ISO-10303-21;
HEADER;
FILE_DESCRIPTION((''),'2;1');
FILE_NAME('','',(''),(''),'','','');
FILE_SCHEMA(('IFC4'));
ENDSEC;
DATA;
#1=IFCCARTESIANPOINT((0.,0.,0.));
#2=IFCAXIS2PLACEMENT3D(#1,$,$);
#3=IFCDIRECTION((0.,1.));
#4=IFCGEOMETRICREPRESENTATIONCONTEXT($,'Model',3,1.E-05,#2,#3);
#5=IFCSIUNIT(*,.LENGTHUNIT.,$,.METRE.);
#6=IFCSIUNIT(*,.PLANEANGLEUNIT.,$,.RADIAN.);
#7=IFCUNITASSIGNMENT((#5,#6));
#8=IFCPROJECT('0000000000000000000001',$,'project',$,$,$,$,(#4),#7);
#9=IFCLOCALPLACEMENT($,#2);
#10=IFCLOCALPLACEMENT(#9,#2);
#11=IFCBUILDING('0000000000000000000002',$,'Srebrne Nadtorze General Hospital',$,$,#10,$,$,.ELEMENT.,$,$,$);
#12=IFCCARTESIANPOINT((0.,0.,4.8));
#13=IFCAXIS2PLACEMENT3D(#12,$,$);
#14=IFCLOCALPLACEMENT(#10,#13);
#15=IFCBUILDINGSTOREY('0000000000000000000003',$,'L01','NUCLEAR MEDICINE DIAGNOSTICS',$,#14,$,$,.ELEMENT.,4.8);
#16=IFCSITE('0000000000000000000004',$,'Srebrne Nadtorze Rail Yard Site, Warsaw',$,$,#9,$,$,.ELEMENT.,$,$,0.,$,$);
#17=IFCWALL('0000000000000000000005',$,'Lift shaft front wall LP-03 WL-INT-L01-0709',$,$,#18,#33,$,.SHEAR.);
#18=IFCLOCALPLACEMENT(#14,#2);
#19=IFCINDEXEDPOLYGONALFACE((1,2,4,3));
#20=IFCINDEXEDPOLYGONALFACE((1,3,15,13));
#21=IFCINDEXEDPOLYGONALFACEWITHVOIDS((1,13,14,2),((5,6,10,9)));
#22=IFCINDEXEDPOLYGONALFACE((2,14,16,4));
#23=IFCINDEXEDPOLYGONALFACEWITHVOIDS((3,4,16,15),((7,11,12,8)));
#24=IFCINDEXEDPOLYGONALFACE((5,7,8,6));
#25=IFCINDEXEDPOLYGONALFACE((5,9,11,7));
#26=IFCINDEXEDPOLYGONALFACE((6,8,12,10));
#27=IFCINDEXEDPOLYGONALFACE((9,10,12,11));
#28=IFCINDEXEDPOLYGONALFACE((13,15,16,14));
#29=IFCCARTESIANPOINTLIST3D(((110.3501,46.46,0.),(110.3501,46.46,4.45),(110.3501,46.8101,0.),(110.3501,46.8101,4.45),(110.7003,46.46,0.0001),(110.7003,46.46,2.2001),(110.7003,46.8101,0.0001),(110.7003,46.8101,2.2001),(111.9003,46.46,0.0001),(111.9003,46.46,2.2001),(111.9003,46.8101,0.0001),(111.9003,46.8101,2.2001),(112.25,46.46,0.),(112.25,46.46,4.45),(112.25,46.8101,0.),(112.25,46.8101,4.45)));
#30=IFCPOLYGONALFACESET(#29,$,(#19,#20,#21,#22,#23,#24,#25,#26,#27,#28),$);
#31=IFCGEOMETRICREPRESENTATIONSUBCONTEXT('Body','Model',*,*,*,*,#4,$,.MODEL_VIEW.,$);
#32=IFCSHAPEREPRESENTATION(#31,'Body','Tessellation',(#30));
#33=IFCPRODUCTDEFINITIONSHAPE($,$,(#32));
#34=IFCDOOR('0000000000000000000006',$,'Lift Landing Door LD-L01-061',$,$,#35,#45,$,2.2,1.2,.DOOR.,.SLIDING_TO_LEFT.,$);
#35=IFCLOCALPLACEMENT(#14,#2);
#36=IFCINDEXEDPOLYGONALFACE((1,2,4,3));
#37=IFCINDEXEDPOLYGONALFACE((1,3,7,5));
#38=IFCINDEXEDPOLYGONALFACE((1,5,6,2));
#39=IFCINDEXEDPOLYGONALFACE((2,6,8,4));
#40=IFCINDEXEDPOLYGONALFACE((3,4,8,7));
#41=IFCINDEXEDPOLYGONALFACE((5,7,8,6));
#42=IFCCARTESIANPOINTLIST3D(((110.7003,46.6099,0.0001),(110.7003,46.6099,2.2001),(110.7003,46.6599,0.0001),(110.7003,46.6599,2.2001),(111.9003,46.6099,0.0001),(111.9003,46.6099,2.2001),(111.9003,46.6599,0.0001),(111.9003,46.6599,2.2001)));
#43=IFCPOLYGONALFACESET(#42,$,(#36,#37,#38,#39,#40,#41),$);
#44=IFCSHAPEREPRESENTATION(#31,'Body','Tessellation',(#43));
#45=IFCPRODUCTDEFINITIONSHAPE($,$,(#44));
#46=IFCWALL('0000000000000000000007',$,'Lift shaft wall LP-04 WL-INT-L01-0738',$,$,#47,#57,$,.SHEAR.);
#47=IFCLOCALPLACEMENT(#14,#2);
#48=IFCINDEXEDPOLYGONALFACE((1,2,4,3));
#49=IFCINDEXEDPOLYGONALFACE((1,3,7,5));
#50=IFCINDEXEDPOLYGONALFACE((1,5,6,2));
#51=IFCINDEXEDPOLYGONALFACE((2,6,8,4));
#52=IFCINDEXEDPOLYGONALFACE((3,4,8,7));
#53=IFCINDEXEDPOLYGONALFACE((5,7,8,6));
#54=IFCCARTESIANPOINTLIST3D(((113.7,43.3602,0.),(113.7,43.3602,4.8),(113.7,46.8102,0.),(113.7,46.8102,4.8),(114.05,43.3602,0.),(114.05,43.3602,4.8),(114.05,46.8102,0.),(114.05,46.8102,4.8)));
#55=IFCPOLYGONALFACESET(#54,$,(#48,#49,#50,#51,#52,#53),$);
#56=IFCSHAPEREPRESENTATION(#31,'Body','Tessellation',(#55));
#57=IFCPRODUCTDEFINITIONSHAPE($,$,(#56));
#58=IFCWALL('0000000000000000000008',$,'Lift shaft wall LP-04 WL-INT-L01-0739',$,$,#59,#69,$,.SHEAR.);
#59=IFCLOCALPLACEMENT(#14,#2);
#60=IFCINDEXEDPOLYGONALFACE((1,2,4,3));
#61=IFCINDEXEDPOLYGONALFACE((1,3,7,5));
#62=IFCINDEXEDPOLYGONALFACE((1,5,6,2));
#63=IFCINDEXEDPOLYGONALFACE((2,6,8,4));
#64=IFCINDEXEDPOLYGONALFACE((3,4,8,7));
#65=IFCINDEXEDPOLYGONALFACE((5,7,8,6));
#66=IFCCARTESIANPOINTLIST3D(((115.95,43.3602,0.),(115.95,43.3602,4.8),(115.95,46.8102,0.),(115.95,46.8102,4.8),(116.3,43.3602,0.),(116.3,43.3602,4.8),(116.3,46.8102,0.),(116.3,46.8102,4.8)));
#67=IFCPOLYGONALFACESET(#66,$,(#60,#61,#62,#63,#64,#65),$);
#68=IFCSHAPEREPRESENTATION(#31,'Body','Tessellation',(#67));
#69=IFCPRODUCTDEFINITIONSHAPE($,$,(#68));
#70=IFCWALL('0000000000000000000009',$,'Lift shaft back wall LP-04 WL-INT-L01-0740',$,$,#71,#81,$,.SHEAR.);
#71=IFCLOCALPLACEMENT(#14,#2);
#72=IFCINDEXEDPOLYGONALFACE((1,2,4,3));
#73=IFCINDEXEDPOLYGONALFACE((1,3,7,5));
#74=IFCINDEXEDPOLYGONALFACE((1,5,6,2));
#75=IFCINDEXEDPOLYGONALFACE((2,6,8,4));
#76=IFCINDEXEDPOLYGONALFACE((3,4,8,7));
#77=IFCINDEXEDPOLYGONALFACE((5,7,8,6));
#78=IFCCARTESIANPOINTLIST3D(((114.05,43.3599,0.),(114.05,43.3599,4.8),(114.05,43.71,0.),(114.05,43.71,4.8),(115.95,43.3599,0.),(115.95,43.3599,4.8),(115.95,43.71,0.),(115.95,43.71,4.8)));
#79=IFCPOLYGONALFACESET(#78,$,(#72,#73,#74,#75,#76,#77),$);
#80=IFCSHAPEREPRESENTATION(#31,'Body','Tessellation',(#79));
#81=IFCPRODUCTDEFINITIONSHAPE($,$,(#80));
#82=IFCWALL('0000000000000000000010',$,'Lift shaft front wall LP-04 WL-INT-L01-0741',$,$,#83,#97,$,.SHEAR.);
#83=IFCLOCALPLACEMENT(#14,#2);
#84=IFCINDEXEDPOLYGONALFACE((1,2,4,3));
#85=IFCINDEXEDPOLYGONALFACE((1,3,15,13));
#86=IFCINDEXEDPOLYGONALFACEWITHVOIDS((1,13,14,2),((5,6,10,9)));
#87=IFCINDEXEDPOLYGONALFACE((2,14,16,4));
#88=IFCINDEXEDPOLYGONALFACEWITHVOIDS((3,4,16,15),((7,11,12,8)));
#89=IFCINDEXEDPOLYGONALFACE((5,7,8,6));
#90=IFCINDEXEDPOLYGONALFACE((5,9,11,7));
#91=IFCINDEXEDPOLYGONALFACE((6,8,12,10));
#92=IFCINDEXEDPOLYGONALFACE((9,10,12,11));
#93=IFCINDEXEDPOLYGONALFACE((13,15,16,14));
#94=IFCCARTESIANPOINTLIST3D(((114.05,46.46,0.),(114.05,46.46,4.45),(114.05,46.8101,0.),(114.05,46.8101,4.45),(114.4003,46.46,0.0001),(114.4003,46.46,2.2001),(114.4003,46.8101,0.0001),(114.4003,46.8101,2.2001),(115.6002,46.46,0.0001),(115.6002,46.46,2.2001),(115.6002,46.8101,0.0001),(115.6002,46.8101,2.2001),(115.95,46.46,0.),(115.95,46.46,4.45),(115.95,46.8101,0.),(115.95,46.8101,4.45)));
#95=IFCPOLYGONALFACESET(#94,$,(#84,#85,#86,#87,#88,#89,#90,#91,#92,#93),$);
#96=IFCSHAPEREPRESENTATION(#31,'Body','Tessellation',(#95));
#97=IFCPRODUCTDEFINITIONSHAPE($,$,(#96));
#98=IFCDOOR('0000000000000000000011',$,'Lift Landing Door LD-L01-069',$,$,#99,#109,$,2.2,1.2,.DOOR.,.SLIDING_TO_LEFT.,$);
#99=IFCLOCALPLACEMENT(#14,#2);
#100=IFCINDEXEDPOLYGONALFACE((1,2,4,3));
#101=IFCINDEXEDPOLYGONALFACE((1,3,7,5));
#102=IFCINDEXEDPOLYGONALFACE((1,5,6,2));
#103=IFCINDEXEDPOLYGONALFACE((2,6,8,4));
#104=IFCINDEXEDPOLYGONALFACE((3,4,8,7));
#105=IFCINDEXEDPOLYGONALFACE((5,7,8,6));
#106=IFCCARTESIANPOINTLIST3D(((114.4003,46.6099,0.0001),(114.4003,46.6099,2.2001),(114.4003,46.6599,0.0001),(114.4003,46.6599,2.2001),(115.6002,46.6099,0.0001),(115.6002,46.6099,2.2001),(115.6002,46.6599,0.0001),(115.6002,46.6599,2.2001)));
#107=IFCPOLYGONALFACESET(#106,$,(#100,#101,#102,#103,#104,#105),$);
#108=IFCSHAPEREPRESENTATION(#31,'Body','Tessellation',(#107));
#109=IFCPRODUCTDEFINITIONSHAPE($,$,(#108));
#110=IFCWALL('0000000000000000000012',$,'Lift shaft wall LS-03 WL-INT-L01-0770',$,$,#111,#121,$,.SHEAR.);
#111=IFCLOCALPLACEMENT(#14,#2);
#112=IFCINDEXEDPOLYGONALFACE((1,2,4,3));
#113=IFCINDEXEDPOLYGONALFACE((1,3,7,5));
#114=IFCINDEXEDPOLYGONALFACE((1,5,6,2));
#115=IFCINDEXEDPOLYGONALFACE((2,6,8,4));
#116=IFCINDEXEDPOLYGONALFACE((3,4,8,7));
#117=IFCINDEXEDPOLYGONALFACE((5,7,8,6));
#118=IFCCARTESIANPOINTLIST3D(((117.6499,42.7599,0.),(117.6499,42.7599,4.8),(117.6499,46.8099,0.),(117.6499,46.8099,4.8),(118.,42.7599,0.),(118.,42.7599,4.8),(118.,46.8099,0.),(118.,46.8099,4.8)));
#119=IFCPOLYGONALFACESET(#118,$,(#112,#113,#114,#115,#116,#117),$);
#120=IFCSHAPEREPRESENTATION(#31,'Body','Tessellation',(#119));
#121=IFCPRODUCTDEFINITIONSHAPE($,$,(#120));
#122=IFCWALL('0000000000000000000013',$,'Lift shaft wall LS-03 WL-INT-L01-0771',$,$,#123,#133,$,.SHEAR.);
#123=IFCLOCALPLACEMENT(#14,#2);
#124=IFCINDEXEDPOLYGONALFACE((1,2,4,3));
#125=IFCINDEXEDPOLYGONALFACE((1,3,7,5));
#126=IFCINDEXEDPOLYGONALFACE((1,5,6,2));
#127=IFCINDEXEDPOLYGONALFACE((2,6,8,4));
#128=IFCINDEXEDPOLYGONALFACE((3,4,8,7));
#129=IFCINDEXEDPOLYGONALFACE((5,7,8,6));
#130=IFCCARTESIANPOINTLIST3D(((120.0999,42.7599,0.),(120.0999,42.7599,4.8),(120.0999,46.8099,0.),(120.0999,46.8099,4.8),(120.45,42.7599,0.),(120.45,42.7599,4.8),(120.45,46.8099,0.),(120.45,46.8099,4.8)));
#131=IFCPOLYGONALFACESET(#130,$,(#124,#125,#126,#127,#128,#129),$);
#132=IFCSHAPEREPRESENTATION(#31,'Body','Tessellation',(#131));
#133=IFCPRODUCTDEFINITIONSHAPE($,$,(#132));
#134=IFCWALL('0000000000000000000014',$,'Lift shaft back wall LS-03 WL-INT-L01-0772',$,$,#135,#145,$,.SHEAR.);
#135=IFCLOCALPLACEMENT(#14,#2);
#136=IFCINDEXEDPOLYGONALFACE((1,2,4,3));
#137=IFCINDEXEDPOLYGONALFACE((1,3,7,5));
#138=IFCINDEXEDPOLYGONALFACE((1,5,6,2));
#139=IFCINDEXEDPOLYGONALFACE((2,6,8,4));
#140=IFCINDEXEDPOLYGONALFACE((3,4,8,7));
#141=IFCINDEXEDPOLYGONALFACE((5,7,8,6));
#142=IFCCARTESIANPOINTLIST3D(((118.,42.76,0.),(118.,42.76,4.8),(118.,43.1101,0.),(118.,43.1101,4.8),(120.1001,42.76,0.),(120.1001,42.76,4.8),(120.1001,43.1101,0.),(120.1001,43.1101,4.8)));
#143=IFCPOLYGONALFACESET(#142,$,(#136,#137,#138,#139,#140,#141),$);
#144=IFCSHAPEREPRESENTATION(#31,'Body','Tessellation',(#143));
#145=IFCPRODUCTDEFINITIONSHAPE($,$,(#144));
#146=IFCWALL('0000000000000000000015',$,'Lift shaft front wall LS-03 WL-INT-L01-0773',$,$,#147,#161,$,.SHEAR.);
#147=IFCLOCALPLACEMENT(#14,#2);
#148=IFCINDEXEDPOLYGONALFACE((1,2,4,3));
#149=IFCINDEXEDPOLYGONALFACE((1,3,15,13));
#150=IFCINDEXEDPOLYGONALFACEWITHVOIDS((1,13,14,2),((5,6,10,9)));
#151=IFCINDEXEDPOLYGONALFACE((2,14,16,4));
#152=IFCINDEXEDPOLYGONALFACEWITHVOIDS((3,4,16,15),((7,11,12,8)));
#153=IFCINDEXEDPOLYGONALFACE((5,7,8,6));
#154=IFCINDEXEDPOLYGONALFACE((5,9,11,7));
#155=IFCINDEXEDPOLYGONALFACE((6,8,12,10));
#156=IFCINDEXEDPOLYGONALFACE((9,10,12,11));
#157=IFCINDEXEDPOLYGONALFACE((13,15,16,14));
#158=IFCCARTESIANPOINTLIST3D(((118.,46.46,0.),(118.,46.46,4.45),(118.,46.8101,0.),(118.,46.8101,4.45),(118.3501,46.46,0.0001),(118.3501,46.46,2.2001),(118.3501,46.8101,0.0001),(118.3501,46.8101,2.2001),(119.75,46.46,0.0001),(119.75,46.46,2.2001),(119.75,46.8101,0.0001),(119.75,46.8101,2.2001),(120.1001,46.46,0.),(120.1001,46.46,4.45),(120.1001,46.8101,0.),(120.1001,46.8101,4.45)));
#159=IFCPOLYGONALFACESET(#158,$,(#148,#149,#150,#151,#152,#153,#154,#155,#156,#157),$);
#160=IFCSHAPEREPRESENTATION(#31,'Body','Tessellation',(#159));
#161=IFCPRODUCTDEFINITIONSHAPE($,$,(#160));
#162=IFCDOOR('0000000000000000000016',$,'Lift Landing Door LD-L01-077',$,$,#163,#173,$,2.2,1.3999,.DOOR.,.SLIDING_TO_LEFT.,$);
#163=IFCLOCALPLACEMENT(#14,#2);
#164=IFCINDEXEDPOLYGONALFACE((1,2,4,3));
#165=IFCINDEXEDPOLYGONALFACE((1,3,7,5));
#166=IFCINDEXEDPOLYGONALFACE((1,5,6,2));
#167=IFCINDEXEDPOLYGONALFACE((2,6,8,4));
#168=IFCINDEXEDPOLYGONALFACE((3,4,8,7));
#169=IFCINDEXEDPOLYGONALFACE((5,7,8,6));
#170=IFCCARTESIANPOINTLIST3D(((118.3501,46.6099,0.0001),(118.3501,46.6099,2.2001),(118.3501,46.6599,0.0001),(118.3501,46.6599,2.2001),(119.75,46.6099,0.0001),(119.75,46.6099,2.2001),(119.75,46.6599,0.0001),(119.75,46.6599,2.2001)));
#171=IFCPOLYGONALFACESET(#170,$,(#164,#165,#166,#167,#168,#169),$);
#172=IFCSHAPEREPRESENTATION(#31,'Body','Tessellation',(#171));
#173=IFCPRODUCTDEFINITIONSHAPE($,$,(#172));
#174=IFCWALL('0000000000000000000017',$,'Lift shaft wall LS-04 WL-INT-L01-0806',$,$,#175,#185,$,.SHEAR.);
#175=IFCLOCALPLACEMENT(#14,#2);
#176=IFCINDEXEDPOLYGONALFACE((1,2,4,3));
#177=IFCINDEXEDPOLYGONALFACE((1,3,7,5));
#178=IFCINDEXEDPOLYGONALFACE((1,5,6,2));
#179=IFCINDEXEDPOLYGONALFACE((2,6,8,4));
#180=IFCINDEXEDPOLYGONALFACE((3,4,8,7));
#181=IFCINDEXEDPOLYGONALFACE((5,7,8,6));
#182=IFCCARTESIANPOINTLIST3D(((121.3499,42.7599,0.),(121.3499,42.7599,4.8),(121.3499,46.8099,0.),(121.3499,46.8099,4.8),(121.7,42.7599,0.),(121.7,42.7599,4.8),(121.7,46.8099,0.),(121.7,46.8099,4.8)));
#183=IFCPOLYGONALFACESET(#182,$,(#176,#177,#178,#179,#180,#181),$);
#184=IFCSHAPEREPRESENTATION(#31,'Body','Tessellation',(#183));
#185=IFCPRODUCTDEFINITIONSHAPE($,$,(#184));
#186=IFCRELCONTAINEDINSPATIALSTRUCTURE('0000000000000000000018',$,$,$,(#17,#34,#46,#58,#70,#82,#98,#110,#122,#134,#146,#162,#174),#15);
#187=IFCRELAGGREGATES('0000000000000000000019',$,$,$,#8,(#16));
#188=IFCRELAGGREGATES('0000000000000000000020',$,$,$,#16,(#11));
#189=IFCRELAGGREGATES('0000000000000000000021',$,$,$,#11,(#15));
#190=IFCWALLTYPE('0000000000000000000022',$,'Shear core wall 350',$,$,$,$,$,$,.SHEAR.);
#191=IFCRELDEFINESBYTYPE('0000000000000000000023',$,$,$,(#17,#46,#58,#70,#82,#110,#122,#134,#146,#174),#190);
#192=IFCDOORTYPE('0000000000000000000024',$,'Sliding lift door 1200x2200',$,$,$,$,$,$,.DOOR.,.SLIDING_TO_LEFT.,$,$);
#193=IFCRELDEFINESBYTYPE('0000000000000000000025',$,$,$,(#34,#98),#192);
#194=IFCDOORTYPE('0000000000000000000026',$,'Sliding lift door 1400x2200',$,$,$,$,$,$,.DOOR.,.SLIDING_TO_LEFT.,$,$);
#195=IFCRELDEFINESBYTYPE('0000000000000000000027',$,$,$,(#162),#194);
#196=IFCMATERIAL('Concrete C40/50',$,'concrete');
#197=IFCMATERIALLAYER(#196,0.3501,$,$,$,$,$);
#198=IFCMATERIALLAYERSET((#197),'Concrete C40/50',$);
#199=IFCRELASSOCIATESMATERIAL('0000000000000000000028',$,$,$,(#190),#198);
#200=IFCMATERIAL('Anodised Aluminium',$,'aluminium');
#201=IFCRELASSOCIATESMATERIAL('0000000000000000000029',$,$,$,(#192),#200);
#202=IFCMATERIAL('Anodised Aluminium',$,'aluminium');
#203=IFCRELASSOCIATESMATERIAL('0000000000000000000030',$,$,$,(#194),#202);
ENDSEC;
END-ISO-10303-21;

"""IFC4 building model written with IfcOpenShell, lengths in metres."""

from ifc_helpers import new_model, si_unit, direction, frame, frame_2d, origin, place, context, subcontext, project, spatial, rectangle, extrude, material, layer, layer_set, type_object, element, fill, save


model = new_model("IFC4")

# Units and contexts
model_context = context("Model", 3, precision=1e-05, world=origin(), true_north=direction((0.0, 1.0)))
body_context = subcontext(model_context, "Body", "Model", "MODEL_VIEW")
ifc_project = project(units=[si_unit("LENGTHUNIT", "METRE"), si_unit("PLANEANGLEUNIT", "RADIAN")], contexts=[model_context])

# Site, building, storey
site_placement = place(None, origin())
site = spatial("IfcSite", under=ifc_project, at=site_placement, Name="Srebrne Nadtorze Rail Yard Site, Warsaw", CompositionType="ELEMENT", RefElevation=0.0)
building_placement = place(site_placement, origin())
building = spatial("IfcBuilding", under=site, at=building_placement, Name="Srebrne Nadtorze General Hospital", CompositionType="ELEMENT")
storey_placement = place(building_placement, frame((0.0, 0.0, 4.8)))
storey = spatial("IfcBuildingStorey", under=building, at=storey_placement, Name="L01", Description="NUCLEAR MEDICINE DIAGNOSTICS", CompositionType="ELEMENT", Elevation=4.8)

# Shared definitions
ifc_material_1 = material(Name="Concrete C40/50", Category="concrete")
ifc_layer_1 = layer(ifc_material_1, 0.3501)
ifc_layer_set_1 = layer_set([ifc_layer_1], Name="Concrete C40/50")
wall_type_1 = type_object("IfcWallType", Name="Shear core wall 350", PredefinedType="SHEAR", material=ifc_layer_set_1)

# Wall, opening, door
wall_1_placement = place(storey_placement, frame((110.3501, 46.635, 0.0), z_axis=(0.0, 0.0, 1.0), x_axis=(1.0, 0.0, 0.0)))
wall_1 = element("IfcWall", 1, at=wall_1_placement, inside=storey, type_object=wall_type_1, Name="Lift shaft front wall LP-03 WL-INT-L01-0709", PredefinedType="SHEAR", context=body_context, shape_type="SweptSolid", body=[
    extrude(rectangle(XDim=1.8999, YDim=0.3501, at=frame_2d((0.95, 0.0))), origin(), (0.0, 0.0, 1.0), 4.45),
])
opening_1_placement = place(wall_1_placement, frame((0.3501, 0.0, 0.0)))
opening_1 = element("IfcOpeningElement", 2, at=opening_1_placement, cuts=wall_1, PredefinedType="OPENING", context=body_context, shape_type="SweptSolid", body=[
    extrude(rectangle(XDim=1.2, YDim=2.2, at=frame_2d((0.6001, 1.1001))), frame((0.0, 0.187, 0.0), z_axis=(0.0, -1.0, 0.0), x_axis=(1.0, 0.0, 0.0)), (0.0, 0.0, 1.0), 0.374),
])
ifc_material_2 = material(Name="Anodised Aluminium", Category="aluminium")
door_type_1 = type_object("IfcDoorType", Name="Sliding lift door 1200x2200", OperationType="SLIDING_TO_LEFT", PredefinedType="DOOR", material=ifc_material_2)
door_1_placement = place(opening_1_placement, origin())
door_1 = element("IfcDoor", 3, at=door_1_placement, inside=storey, type_object=door_type_1, Name="Lift Landing Door LD-L01-061", OperationType="SLIDING_TO_LEFT", OverallHeight=2.2, OverallWidth=1.2, PredefinedType="DOOR", context=body_context, shape_type="SweptSolid", body=[
    extrude(rectangle(XDim=1.2, YDim=2.2, at=frame_2d((0.6001, 1.1001))), frame((0.0, 0.0249, 0.0), z_axis=(0.0, -1.0, 0.0), x_axis=(1.0, 0.0, 0.0)), (0.0, 0.0, 1.0), 0.05),
])
fill(opening_1, door_1)

# Walls
for number, where, z_axis, x_axis, name in (
    (4, (113.875, 43.3601, 0.0), (0.0, 0.0, 1.0), (0.0, 1.0, 0.0), "Lift shaft wall LP-04 WL-INT-L01-0738"),
    (5, (116.125, 43.3601, 0.0), (0.0, 0.0, 1.0), (0.0, 1.0, 0.0), "Lift shaft wall LP-04 WL-INT-L01-0739"),
):
    element("IfcWall", number, at=place(storey_placement, frame(where, z_axis=z_axis, x_axis=x_axis)), inside=storey, type_object=wall_type_1, Name=name, PredefinedType="SHEAR", context=body_context, shape_type="SweptSolid", body=[
        extrude(rectangle(XDim=3.45, YDim=0.3501, at=frame_2d((1.7251, 0.0))), origin(), (0.0, 0.0, 1.0), 4.8),
    ])
wall_2_placement = place(storey_placement, frame((114.05, 43.5349, 0.0), z_axis=(0.0, 0.0, 1.0), x_axis=(1.0, 0.0, 0.0)))
element("IfcWall", 6, at=wall_2_placement, inside=storey, type_object=wall_type_1, Name="Lift shaft back wall LP-04 WL-INT-L01-0740", PredefinedType="SHEAR", context=body_context, shape_type="SweptSolid", body=[
    extrude(rectangle(XDim=1.8999, YDim=0.3501, at=frame_2d((0.95, 0.0))), origin(), (0.0, 0.0, 1.0), 4.8),
])

# Wall, opening, door
wall_3_placement = place(storey_placement, frame((114.05, 46.635, 0.0), z_axis=(0.0, 0.0, 1.0), x_axis=(1.0, 0.0, 0.0)))
wall_3 = element("IfcWall", 7, at=wall_3_placement, inside=storey, type_object=wall_type_1, Name="Lift shaft front wall LP-04 WL-INT-L01-0741", PredefinedType="SHEAR", context=body_context, shape_type="SweptSolid", body=[
    extrude(rectangle(XDim=1.8999, YDim=0.3501, at=frame_2d((0.95, 0.0))), origin(), (0.0, 0.0, 1.0), 4.45),
])
opening_2_placement = place(wall_3_placement, frame((0.3501, 0.0, 0.0)))
opening_2 = element("IfcOpeningElement", 8, at=opening_2_placement, cuts=wall_3, PredefinedType="OPENING", context=body_context, shape_type="SweptSolid", body=[
    extrude(rectangle(XDim=1.2, YDim=2.2, at=frame_2d((0.6001, 1.1001))), frame((0.0, 0.187, 0.0), z_axis=(0.0, -1.0, 0.0), x_axis=(1.0, 0.0, 0.0)), (0.0, 0.0, 1.0), 0.374),
])
door_2_placement = place(opening_2_placement, origin())
door_2 = element("IfcDoor", 9, at=door_2_placement, inside=storey, type_object=door_type_1, Name="Lift Landing Door LD-L01-069", OperationType="SLIDING_TO_LEFT", OverallHeight=2.2, OverallWidth=1.2, PredefinedType="DOOR", context=body_context, shape_type="SweptSolid", body=[
    extrude(rectangle(XDim=1.2, YDim=2.2, at=frame_2d((0.6001, 1.1001))), frame((0.0, 0.0249, 0.0), z_axis=(0.0, -1.0, 0.0), x_axis=(1.0, 0.0, 0.0)), (0.0, 0.0, 1.0), 0.05),
])
fill(opening_2, door_2)

# Walls
for number, where, z_axis, x_axis, name in (
    (10, (117.825, 42.76, 0.0), (0.0, 0.0, 1.0), (0.0, 1.0, 0.0), "Lift shaft wall LS-03 WL-INT-L01-0770"),
    (11, (120.2749, 42.76, 0.0), (0.0, 0.0, 1.0), (0.0, 1.0, 0.0), "Lift shaft wall LS-03 WL-INT-L01-0771"),
):
    element("IfcWall", number, at=place(storey_placement, frame(where, z_axis=z_axis, x_axis=x_axis)), inside=storey, type_object=wall_type_1, Name=name, PredefinedType="SHEAR", context=body_context, shape_type="SweptSolid", body=[
        extrude(rectangle(XDim=4.05, YDim=0.3501, at=frame_2d((2.0249, 0.0))), origin(), (0.0, 0.0, 1.0), 4.8),
    ])
wall_4_placement = place(storey_placement, frame((118.0, 42.9351, 0.0), z_axis=(0.0, 0.0, 1.0), x_axis=(1.0, 0.0, 0.0)))
element("IfcWall", 12, at=wall_4_placement, inside=storey, type_object=wall_type_1, Name="Lift shaft back wall LS-03 WL-INT-L01-0772", PredefinedType="SHEAR", context=body_context, shape_type="SweptSolid", body=[
    extrude(rectangle(XDim=2.1001, YDim=0.3501, at=frame_2d((1.05, 0.0))), origin(), (0.0, 0.0, 1.0), 4.8),
])

# Wall, opening, door
wall_5_placement = place(storey_placement, frame((118.0, 46.635, 0.0), z_axis=(0.0, 0.0, 1.0), x_axis=(1.0, 0.0, 0.0)))
wall_5 = element("IfcWall", 13, at=wall_5_placement, inside=storey, type_object=wall_type_1, Name="Lift shaft front wall LS-03 WL-INT-L01-0773", PredefinedType="SHEAR", context=body_context, shape_type="SweptSolid", body=[
    extrude(rectangle(XDim=2.1001, YDim=0.3501, at=frame_2d((1.05, 0.0))), origin(), (0.0, 0.0, 1.0), 4.45),
])
opening_3_placement = place(wall_5_placement, frame((0.3501, 0.0, 0.0)))
opening_3 = element("IfcOpeningElement", 14, at=opening_3_placement, cuts=wall_5, PredefinedType="OPENING", context=body_context, shape_type="SweptSolid", body=[
    extrude(rectangle(XDim=1.3999, YDim=2.2, at=frame_2d((0.7, 1.1001))), frame((0.0, 0.187, 0.0), z_axis=(0.0, -1.0, 0.0), x_axis=(1.0, 0.0, 0.0)), (0.0, 0.0, 1.0), 0.374),
])
ifc_material_3 = material(Name="Anodised Aluminium", Category="aluminium")
door_type_2 = type_object("IfcDoorType", Name="Sliding lift door 1400x2200", OperationType="SLIDING_TO_LEFT", PredefinedType="DOOR", material=ifc_material_3)
door_3_placement = place(opening_3_placement, origin())
door_3 = element("IfcDoor", 15, at=door_3_placement, inside=storey, type_object=door_type_2, Name="Lift Landing Door LD-L01-077", OperationType="SLIDING_TO_LEFT", OverallHeight=2.2, OverallWidth=1.3999, PredefinedType="DOOR", context=body_context, shape_type="SweptSolid", body=[
    extrude(rectangle(XDim=1.3999, YDim=2.2, at=frame_2d((0.7, 1.1001))), frame((0.0, 0.0249, 0.0), z_axis=(0.0, -1.0, 0.0), x_axis=(1.0, 0.0, 0.0)), (0.0, 0.0, 1.0), 0.05),
])
fill(opening_3, door_3)

# Wall
for number, where, z_axis, x_axis, name in (
    (16, (121.5249, 42.76, 0.0), (0.0, 0.0, 1.0), (0.0, 1.0, 0.0), "Lift shaft wall LS-04 WL-INT-L01-0806"),
):
    element("IfcWall", number, at=place(storey_placement, frame(where, z_axis=z_axis, x_axis=x_axis)), inside=storey, type_object=wall_type_1, Name=name, PredefinedType="SHEAR", context=body_context, shape_type="SweptSolid", body=[
        extrude(rectangle(XDim=4.05, YDim=0.3501, at=frame_2d((2.0249, 0.0))), origin(), (0.0, 0.0, 1.0), 4.8),
    ])

save(model, "model.ifc")
